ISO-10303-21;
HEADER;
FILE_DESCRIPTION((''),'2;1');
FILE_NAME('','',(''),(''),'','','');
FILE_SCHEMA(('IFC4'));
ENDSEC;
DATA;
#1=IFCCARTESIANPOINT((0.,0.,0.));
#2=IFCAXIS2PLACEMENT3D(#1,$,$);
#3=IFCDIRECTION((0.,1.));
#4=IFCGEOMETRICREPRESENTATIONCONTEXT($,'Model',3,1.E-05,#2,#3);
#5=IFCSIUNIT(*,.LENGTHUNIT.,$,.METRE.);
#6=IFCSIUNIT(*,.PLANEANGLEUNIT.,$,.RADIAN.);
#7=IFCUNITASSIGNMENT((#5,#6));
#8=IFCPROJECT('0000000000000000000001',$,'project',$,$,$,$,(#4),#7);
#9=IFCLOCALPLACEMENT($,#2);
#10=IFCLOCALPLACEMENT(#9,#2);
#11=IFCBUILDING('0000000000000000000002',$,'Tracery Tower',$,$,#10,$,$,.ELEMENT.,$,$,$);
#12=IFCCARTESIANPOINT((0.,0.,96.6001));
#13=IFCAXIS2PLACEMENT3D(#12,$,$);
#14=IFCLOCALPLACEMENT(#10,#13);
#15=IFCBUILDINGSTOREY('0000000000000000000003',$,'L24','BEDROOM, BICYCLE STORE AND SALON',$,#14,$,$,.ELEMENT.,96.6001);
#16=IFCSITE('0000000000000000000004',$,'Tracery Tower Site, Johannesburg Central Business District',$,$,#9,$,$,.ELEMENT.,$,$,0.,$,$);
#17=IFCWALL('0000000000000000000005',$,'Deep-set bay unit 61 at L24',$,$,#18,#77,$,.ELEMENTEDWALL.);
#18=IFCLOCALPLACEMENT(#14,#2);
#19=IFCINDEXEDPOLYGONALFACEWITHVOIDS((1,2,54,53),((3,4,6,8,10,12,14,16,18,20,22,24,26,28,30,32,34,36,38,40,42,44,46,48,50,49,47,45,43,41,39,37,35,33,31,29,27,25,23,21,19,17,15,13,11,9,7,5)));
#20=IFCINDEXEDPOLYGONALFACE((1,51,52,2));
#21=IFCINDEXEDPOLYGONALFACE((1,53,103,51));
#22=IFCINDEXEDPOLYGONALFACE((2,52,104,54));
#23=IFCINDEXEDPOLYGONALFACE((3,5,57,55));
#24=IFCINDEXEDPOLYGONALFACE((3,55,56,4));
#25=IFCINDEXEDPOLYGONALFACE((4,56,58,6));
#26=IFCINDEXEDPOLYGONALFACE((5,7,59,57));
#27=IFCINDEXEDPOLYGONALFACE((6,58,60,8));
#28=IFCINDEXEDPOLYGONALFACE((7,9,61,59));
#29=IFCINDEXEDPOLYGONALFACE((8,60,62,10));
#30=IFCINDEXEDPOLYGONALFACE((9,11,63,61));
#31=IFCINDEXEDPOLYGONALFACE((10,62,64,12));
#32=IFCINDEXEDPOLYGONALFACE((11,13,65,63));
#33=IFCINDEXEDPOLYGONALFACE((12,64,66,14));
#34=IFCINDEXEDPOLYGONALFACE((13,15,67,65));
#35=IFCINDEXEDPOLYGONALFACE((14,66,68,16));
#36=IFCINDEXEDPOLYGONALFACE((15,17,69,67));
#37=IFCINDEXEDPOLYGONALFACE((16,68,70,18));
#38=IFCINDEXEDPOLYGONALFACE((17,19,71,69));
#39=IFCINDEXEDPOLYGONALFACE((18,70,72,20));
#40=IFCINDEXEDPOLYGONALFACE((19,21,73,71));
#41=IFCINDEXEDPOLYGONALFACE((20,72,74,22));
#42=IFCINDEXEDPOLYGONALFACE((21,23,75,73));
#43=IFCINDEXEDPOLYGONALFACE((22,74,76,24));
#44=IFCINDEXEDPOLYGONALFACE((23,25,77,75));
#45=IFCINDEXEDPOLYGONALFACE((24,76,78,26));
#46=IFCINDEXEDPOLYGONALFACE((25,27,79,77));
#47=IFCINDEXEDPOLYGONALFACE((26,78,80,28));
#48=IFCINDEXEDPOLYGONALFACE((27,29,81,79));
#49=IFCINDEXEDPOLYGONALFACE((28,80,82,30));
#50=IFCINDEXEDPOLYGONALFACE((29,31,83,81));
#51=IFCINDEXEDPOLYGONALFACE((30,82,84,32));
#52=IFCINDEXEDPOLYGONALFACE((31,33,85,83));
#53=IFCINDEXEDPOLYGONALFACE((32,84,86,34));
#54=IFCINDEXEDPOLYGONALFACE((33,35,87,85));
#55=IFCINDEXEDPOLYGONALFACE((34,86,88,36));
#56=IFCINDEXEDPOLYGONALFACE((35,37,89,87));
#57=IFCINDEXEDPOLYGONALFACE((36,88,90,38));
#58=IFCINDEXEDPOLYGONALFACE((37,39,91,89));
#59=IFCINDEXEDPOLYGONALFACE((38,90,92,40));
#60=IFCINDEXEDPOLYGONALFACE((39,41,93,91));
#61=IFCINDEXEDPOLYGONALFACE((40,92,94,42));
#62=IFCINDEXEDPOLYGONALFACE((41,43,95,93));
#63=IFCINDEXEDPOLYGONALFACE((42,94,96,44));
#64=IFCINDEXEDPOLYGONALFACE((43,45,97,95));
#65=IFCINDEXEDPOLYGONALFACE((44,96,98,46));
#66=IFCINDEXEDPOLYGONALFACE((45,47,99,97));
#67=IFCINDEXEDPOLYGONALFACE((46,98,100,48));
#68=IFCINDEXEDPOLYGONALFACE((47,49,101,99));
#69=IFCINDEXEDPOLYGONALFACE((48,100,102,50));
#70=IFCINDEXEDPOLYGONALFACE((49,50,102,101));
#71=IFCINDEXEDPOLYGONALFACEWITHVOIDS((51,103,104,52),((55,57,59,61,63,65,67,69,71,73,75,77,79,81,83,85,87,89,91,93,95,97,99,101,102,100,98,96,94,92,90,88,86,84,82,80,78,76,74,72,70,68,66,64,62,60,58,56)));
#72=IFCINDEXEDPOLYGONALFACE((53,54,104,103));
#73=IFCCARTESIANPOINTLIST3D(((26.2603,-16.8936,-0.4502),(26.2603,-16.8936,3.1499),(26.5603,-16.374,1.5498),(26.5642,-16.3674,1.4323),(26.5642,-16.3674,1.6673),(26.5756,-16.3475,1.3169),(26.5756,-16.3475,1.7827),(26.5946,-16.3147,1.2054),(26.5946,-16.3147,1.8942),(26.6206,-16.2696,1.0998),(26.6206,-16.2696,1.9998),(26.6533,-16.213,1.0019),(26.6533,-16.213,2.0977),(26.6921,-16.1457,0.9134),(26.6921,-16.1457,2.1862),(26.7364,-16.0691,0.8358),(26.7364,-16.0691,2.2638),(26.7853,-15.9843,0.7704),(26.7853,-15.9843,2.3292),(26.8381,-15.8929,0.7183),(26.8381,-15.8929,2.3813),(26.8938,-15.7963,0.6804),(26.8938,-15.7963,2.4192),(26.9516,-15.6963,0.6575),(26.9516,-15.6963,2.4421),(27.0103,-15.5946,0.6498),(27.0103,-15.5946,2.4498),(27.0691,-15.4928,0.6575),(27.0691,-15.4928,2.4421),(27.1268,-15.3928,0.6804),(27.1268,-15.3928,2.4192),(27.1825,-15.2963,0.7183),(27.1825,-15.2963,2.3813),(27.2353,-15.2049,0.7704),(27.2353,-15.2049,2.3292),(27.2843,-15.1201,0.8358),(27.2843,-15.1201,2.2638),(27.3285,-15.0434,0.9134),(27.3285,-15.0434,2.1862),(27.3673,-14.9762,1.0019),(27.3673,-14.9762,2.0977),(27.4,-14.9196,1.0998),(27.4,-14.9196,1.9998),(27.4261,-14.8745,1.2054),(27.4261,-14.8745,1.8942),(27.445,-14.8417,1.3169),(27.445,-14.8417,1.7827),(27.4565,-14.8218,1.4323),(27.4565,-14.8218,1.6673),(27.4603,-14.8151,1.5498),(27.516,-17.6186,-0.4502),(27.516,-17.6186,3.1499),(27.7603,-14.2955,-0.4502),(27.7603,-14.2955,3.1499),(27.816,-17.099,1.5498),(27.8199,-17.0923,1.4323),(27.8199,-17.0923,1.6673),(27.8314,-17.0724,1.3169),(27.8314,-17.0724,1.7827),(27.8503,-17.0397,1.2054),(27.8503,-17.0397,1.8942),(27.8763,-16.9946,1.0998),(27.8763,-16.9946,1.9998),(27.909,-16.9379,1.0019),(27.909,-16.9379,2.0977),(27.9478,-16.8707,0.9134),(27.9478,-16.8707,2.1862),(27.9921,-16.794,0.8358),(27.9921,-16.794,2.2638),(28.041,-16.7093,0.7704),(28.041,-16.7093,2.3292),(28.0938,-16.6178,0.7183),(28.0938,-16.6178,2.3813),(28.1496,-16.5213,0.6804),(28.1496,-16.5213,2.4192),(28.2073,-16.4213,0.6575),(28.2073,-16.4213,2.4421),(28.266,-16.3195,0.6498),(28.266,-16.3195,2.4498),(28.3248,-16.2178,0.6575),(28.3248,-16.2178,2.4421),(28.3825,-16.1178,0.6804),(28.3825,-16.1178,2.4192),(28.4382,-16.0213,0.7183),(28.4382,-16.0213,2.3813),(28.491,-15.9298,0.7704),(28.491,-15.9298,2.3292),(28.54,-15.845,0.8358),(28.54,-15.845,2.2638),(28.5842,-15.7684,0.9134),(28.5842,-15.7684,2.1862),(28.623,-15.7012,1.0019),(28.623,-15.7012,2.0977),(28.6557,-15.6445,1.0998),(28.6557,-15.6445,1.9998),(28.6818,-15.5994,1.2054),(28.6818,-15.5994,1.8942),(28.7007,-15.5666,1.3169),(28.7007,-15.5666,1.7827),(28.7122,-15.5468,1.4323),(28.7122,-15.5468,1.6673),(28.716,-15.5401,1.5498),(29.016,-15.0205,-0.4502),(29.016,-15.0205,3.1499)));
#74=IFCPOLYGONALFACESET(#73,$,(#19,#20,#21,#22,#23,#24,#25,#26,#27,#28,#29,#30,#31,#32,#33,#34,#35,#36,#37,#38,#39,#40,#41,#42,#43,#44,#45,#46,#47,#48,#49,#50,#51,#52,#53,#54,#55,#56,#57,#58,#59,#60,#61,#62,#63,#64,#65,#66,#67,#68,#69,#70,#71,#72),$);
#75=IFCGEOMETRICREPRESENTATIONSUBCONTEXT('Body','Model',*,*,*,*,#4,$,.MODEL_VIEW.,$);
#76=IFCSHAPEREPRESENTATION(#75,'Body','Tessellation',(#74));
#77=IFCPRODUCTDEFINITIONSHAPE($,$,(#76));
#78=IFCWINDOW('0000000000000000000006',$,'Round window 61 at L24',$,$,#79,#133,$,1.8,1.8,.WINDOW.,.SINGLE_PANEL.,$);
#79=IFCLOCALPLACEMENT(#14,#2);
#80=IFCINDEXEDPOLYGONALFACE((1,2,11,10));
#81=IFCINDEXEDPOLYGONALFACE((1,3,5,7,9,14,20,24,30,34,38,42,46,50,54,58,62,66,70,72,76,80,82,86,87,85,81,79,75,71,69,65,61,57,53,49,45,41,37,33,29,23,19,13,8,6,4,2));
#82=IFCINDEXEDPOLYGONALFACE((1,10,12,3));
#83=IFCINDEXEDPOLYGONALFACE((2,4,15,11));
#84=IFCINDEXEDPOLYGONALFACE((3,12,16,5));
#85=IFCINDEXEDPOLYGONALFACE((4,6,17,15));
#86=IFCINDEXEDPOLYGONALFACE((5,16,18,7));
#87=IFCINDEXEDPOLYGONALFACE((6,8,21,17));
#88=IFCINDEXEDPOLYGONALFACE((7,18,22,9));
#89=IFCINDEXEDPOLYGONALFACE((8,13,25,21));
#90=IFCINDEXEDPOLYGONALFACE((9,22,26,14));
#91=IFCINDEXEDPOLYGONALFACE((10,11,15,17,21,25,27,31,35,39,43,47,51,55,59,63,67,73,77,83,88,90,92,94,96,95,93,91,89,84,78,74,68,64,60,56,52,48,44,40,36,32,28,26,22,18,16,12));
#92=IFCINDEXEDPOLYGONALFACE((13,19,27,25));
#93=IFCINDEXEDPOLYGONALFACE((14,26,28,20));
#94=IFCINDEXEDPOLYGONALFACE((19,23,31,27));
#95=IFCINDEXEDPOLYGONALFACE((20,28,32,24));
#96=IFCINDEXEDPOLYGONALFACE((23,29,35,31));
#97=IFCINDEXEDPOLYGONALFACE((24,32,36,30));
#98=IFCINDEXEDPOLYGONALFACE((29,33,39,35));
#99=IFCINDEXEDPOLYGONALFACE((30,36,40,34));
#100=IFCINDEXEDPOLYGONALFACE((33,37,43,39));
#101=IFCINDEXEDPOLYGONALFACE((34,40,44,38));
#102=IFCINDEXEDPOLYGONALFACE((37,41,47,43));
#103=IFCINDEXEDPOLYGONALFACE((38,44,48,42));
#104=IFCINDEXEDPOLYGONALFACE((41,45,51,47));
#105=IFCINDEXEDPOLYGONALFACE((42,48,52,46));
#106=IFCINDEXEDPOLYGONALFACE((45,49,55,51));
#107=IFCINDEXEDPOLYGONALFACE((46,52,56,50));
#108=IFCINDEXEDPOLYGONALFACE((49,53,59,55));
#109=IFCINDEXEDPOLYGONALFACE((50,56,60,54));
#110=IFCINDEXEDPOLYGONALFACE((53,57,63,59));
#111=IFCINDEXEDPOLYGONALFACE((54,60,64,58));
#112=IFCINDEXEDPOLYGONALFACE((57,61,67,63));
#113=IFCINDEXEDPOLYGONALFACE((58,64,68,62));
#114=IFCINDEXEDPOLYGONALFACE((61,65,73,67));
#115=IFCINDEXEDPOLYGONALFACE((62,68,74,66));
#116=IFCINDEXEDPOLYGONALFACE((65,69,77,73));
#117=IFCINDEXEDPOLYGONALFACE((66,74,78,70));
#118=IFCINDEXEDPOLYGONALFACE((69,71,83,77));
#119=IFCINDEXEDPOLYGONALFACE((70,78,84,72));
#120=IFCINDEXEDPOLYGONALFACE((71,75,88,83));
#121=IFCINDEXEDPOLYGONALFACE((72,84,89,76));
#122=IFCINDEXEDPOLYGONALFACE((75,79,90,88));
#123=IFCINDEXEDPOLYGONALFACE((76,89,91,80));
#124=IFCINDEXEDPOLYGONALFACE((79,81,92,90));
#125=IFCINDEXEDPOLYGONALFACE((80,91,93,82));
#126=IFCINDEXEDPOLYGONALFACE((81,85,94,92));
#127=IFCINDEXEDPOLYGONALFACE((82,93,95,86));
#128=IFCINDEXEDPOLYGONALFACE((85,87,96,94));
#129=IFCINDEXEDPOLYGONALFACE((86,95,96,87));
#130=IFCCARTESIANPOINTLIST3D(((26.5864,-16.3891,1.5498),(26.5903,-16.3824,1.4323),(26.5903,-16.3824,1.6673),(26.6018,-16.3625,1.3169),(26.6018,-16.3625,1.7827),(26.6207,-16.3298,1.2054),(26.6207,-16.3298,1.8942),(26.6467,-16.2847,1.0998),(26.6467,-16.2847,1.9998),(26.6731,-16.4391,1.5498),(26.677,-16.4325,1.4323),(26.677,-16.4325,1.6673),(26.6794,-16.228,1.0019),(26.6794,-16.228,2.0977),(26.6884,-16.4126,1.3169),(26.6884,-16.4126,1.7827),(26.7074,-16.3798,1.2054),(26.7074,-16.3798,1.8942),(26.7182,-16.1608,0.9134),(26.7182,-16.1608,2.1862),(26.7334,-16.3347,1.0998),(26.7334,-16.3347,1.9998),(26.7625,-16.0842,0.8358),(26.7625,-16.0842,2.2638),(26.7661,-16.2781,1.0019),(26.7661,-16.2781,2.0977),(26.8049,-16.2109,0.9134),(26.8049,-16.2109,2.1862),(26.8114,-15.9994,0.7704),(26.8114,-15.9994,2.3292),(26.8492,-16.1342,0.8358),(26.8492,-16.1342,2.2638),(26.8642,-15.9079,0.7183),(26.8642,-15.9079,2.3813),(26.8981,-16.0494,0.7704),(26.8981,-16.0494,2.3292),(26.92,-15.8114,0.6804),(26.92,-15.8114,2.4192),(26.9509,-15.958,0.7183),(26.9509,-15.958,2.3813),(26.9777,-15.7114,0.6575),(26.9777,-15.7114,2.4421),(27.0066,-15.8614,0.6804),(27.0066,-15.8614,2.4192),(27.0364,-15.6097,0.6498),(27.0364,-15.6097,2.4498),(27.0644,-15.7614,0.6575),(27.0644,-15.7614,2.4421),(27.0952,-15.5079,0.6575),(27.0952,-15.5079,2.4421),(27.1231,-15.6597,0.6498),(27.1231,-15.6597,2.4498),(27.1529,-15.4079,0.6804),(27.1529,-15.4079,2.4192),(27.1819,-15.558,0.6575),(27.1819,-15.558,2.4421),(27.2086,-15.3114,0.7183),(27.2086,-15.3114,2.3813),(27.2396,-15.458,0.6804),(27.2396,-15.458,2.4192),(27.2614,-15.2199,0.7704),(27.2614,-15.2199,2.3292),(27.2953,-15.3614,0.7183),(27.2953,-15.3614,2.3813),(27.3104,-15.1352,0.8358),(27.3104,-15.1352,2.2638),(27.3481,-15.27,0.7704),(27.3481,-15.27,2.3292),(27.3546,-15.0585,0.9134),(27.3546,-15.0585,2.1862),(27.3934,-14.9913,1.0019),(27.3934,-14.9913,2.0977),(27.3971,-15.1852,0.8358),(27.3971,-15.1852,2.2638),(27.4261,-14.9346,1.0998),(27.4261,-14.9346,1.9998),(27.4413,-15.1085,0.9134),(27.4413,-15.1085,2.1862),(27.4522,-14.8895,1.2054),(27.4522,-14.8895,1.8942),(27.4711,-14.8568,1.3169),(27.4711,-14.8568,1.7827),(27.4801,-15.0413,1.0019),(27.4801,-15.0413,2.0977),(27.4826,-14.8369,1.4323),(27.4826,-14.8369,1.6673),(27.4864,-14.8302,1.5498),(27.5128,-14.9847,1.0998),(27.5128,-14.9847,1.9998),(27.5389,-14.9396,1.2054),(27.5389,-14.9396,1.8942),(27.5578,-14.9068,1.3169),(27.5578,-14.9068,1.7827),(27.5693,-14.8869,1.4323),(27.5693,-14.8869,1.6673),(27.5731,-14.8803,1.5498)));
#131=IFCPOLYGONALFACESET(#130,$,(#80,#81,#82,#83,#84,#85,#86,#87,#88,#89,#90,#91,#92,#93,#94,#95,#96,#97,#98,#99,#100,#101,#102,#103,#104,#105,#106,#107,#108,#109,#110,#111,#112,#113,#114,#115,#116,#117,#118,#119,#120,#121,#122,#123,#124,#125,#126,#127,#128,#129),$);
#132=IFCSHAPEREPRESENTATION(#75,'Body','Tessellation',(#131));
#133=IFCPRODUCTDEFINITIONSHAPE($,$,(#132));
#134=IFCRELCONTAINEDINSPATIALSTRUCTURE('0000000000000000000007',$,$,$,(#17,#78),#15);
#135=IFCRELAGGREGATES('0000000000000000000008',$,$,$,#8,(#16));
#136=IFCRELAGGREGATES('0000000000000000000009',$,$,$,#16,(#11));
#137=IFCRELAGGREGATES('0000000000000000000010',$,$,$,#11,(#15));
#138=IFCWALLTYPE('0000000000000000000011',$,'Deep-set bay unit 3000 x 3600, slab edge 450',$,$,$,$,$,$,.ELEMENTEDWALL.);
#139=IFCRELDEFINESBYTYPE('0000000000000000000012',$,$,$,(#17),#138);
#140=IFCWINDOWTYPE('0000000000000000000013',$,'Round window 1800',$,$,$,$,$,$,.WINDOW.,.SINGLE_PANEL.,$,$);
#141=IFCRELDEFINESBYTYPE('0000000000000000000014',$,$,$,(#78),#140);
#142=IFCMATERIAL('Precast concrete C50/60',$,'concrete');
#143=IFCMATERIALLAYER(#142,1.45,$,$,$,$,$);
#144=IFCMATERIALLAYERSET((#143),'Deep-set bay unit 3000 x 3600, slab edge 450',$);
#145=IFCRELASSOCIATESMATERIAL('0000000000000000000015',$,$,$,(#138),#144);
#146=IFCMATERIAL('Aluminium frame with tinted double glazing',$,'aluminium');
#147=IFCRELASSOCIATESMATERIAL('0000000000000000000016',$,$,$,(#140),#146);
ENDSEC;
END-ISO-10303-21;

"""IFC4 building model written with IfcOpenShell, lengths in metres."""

from ifc_helpers import new_model, si_unit, direction, frame, frame_2d, origin, origin_2d, place, context, subcontext, project, spatial, rectangle, circle, extrude, material, layer, layer_set, type_object, element, fill, save


model = new_model("IFC4")

# Units and contexts
model_context = context("Model", 3, precision=1e-05, world=origin(), true_north=direction((0.0, 1.0)))
body_context = subcontext(model_context, "Body", "Model", "MODEL_VIEW")
ifc_project = project(units=[si_unit("LENGTHUNIT", "METRE"), si_unit("PLANEANGLEUNIT", "RADIAN")], contexts=[model_context])

# Site, building, storey
site_placement = place(None, origin())
site = spatial("IfcSite", under=ifc_project, at=site_placement, Name="Tracery Tower Site, Johannesburg Central Business District", CompositionType="ELEMENT", RefElevation=0.0)
building_placement = place(site_placement, origin())
building = spatial("IfcBuilding", under=site, at=building_placement, Name="Tracery Tower", CompositionType="ELEMENT")
storey_placement = place(building_placement, frame((0.0, 0.0, 96.6001)))
storey = spatial("IfcBuildingStorey", under=building, at=storey_placement, Name="L24", Description="BEDROOM, BICYCLE STORE AND SALON", CompositionType="ELEMENT", Elevation=96.6001)

# Wall, opening, window
ifc_material_1 = material(Name="Precast concrete C50/60", Category="concrete")
ifc_layer_1 = layer(ifc_material_1, 1.45)
ifc_layer_set_1 = layer_set([ifc_layer_1], Name="Deep-set bay unit 3000 x 3600, slab edge 450")
wall_type_1 = type_object("IfcWallType", Name="Deep-set bay unit 3000 x 3600, slab edge 450", PredefinedType="ELEMENTEDWALL", material=ifc_layer_set_1)
ifc_material_2 = material(Name="Aluminium frame with tinted double glazing", Category="aluminium")
window_type = type_object("IfcWindowType", Name="Round window 1800", PartitioningType="SINGLE_PANEL", PredefinedType="WINDOW", material=ifc_material_2)
wall_1_placement = place(storey_placement, frame((26.8882, -17.2561, -0.4502), z_axis=(0.0, 0.0, 1.0), x_axis=(0.49999, 0.866031, 0.0)))
wall_1 = element("IfcWall", 1, at=wall_1_placement, inside=storey, type_object=wall_type_1, Name="Deep-set bay unit 61 at L24", PredefinedType="ELEMENTEDWALL", context=body_context, shape_type="SweptSolid", body=[
    extrude(rectangle(XDim=3.0, YDim=1.45, at=frame_2d((1.5, 0.0))), origin(), (0.0, 0.0, 1.0), 3.6001),
])
opening_1_placement = place(wall_1_placement, frame((1.5, 0.0, 2.0)))
opening_1 = element("IfcOpeningElement", 2, at=opening_1_placement, cuts=wall_1, PredefinedType="OPENING", context=body_context, shape_type="SweptSolid", body=[
    extrude(circle(Radius=0.9, at=origin_2d()), frame((0.0, 0.7349, 0.0), z_axis=(0.0, -1.0, 0.0), x_axis=(1.0, 0.0, 0.0)), (0.0, 0.0, 1.0), 1.47),
])
window_1_placement = place(opening_1_placement, origin())
window_1 = element("IfcWindow", 3, at=window_1_placement, inside=storey, type_object=window_type, Name="Round window 61 at L24", OverallHeight=1.8, OverallWidth=1.8, PartitioningType="SINGLE_PANEL", PredefinedType="WINDOW", context=body_context, shape_type="SweptSolid", body=[
    extrude(circle(Radius=0.9, at=origin_2d()), frame((0.0, 0.6948, 0.0), z_axis=(0.0, -1.0, 0.0), x_axis=(1.0, 0.0, 0.0)), (0.0, 0.0, 1.0), 0.1001),
])
fill(opening_1, window_1)

save(model, "model.ifc")
